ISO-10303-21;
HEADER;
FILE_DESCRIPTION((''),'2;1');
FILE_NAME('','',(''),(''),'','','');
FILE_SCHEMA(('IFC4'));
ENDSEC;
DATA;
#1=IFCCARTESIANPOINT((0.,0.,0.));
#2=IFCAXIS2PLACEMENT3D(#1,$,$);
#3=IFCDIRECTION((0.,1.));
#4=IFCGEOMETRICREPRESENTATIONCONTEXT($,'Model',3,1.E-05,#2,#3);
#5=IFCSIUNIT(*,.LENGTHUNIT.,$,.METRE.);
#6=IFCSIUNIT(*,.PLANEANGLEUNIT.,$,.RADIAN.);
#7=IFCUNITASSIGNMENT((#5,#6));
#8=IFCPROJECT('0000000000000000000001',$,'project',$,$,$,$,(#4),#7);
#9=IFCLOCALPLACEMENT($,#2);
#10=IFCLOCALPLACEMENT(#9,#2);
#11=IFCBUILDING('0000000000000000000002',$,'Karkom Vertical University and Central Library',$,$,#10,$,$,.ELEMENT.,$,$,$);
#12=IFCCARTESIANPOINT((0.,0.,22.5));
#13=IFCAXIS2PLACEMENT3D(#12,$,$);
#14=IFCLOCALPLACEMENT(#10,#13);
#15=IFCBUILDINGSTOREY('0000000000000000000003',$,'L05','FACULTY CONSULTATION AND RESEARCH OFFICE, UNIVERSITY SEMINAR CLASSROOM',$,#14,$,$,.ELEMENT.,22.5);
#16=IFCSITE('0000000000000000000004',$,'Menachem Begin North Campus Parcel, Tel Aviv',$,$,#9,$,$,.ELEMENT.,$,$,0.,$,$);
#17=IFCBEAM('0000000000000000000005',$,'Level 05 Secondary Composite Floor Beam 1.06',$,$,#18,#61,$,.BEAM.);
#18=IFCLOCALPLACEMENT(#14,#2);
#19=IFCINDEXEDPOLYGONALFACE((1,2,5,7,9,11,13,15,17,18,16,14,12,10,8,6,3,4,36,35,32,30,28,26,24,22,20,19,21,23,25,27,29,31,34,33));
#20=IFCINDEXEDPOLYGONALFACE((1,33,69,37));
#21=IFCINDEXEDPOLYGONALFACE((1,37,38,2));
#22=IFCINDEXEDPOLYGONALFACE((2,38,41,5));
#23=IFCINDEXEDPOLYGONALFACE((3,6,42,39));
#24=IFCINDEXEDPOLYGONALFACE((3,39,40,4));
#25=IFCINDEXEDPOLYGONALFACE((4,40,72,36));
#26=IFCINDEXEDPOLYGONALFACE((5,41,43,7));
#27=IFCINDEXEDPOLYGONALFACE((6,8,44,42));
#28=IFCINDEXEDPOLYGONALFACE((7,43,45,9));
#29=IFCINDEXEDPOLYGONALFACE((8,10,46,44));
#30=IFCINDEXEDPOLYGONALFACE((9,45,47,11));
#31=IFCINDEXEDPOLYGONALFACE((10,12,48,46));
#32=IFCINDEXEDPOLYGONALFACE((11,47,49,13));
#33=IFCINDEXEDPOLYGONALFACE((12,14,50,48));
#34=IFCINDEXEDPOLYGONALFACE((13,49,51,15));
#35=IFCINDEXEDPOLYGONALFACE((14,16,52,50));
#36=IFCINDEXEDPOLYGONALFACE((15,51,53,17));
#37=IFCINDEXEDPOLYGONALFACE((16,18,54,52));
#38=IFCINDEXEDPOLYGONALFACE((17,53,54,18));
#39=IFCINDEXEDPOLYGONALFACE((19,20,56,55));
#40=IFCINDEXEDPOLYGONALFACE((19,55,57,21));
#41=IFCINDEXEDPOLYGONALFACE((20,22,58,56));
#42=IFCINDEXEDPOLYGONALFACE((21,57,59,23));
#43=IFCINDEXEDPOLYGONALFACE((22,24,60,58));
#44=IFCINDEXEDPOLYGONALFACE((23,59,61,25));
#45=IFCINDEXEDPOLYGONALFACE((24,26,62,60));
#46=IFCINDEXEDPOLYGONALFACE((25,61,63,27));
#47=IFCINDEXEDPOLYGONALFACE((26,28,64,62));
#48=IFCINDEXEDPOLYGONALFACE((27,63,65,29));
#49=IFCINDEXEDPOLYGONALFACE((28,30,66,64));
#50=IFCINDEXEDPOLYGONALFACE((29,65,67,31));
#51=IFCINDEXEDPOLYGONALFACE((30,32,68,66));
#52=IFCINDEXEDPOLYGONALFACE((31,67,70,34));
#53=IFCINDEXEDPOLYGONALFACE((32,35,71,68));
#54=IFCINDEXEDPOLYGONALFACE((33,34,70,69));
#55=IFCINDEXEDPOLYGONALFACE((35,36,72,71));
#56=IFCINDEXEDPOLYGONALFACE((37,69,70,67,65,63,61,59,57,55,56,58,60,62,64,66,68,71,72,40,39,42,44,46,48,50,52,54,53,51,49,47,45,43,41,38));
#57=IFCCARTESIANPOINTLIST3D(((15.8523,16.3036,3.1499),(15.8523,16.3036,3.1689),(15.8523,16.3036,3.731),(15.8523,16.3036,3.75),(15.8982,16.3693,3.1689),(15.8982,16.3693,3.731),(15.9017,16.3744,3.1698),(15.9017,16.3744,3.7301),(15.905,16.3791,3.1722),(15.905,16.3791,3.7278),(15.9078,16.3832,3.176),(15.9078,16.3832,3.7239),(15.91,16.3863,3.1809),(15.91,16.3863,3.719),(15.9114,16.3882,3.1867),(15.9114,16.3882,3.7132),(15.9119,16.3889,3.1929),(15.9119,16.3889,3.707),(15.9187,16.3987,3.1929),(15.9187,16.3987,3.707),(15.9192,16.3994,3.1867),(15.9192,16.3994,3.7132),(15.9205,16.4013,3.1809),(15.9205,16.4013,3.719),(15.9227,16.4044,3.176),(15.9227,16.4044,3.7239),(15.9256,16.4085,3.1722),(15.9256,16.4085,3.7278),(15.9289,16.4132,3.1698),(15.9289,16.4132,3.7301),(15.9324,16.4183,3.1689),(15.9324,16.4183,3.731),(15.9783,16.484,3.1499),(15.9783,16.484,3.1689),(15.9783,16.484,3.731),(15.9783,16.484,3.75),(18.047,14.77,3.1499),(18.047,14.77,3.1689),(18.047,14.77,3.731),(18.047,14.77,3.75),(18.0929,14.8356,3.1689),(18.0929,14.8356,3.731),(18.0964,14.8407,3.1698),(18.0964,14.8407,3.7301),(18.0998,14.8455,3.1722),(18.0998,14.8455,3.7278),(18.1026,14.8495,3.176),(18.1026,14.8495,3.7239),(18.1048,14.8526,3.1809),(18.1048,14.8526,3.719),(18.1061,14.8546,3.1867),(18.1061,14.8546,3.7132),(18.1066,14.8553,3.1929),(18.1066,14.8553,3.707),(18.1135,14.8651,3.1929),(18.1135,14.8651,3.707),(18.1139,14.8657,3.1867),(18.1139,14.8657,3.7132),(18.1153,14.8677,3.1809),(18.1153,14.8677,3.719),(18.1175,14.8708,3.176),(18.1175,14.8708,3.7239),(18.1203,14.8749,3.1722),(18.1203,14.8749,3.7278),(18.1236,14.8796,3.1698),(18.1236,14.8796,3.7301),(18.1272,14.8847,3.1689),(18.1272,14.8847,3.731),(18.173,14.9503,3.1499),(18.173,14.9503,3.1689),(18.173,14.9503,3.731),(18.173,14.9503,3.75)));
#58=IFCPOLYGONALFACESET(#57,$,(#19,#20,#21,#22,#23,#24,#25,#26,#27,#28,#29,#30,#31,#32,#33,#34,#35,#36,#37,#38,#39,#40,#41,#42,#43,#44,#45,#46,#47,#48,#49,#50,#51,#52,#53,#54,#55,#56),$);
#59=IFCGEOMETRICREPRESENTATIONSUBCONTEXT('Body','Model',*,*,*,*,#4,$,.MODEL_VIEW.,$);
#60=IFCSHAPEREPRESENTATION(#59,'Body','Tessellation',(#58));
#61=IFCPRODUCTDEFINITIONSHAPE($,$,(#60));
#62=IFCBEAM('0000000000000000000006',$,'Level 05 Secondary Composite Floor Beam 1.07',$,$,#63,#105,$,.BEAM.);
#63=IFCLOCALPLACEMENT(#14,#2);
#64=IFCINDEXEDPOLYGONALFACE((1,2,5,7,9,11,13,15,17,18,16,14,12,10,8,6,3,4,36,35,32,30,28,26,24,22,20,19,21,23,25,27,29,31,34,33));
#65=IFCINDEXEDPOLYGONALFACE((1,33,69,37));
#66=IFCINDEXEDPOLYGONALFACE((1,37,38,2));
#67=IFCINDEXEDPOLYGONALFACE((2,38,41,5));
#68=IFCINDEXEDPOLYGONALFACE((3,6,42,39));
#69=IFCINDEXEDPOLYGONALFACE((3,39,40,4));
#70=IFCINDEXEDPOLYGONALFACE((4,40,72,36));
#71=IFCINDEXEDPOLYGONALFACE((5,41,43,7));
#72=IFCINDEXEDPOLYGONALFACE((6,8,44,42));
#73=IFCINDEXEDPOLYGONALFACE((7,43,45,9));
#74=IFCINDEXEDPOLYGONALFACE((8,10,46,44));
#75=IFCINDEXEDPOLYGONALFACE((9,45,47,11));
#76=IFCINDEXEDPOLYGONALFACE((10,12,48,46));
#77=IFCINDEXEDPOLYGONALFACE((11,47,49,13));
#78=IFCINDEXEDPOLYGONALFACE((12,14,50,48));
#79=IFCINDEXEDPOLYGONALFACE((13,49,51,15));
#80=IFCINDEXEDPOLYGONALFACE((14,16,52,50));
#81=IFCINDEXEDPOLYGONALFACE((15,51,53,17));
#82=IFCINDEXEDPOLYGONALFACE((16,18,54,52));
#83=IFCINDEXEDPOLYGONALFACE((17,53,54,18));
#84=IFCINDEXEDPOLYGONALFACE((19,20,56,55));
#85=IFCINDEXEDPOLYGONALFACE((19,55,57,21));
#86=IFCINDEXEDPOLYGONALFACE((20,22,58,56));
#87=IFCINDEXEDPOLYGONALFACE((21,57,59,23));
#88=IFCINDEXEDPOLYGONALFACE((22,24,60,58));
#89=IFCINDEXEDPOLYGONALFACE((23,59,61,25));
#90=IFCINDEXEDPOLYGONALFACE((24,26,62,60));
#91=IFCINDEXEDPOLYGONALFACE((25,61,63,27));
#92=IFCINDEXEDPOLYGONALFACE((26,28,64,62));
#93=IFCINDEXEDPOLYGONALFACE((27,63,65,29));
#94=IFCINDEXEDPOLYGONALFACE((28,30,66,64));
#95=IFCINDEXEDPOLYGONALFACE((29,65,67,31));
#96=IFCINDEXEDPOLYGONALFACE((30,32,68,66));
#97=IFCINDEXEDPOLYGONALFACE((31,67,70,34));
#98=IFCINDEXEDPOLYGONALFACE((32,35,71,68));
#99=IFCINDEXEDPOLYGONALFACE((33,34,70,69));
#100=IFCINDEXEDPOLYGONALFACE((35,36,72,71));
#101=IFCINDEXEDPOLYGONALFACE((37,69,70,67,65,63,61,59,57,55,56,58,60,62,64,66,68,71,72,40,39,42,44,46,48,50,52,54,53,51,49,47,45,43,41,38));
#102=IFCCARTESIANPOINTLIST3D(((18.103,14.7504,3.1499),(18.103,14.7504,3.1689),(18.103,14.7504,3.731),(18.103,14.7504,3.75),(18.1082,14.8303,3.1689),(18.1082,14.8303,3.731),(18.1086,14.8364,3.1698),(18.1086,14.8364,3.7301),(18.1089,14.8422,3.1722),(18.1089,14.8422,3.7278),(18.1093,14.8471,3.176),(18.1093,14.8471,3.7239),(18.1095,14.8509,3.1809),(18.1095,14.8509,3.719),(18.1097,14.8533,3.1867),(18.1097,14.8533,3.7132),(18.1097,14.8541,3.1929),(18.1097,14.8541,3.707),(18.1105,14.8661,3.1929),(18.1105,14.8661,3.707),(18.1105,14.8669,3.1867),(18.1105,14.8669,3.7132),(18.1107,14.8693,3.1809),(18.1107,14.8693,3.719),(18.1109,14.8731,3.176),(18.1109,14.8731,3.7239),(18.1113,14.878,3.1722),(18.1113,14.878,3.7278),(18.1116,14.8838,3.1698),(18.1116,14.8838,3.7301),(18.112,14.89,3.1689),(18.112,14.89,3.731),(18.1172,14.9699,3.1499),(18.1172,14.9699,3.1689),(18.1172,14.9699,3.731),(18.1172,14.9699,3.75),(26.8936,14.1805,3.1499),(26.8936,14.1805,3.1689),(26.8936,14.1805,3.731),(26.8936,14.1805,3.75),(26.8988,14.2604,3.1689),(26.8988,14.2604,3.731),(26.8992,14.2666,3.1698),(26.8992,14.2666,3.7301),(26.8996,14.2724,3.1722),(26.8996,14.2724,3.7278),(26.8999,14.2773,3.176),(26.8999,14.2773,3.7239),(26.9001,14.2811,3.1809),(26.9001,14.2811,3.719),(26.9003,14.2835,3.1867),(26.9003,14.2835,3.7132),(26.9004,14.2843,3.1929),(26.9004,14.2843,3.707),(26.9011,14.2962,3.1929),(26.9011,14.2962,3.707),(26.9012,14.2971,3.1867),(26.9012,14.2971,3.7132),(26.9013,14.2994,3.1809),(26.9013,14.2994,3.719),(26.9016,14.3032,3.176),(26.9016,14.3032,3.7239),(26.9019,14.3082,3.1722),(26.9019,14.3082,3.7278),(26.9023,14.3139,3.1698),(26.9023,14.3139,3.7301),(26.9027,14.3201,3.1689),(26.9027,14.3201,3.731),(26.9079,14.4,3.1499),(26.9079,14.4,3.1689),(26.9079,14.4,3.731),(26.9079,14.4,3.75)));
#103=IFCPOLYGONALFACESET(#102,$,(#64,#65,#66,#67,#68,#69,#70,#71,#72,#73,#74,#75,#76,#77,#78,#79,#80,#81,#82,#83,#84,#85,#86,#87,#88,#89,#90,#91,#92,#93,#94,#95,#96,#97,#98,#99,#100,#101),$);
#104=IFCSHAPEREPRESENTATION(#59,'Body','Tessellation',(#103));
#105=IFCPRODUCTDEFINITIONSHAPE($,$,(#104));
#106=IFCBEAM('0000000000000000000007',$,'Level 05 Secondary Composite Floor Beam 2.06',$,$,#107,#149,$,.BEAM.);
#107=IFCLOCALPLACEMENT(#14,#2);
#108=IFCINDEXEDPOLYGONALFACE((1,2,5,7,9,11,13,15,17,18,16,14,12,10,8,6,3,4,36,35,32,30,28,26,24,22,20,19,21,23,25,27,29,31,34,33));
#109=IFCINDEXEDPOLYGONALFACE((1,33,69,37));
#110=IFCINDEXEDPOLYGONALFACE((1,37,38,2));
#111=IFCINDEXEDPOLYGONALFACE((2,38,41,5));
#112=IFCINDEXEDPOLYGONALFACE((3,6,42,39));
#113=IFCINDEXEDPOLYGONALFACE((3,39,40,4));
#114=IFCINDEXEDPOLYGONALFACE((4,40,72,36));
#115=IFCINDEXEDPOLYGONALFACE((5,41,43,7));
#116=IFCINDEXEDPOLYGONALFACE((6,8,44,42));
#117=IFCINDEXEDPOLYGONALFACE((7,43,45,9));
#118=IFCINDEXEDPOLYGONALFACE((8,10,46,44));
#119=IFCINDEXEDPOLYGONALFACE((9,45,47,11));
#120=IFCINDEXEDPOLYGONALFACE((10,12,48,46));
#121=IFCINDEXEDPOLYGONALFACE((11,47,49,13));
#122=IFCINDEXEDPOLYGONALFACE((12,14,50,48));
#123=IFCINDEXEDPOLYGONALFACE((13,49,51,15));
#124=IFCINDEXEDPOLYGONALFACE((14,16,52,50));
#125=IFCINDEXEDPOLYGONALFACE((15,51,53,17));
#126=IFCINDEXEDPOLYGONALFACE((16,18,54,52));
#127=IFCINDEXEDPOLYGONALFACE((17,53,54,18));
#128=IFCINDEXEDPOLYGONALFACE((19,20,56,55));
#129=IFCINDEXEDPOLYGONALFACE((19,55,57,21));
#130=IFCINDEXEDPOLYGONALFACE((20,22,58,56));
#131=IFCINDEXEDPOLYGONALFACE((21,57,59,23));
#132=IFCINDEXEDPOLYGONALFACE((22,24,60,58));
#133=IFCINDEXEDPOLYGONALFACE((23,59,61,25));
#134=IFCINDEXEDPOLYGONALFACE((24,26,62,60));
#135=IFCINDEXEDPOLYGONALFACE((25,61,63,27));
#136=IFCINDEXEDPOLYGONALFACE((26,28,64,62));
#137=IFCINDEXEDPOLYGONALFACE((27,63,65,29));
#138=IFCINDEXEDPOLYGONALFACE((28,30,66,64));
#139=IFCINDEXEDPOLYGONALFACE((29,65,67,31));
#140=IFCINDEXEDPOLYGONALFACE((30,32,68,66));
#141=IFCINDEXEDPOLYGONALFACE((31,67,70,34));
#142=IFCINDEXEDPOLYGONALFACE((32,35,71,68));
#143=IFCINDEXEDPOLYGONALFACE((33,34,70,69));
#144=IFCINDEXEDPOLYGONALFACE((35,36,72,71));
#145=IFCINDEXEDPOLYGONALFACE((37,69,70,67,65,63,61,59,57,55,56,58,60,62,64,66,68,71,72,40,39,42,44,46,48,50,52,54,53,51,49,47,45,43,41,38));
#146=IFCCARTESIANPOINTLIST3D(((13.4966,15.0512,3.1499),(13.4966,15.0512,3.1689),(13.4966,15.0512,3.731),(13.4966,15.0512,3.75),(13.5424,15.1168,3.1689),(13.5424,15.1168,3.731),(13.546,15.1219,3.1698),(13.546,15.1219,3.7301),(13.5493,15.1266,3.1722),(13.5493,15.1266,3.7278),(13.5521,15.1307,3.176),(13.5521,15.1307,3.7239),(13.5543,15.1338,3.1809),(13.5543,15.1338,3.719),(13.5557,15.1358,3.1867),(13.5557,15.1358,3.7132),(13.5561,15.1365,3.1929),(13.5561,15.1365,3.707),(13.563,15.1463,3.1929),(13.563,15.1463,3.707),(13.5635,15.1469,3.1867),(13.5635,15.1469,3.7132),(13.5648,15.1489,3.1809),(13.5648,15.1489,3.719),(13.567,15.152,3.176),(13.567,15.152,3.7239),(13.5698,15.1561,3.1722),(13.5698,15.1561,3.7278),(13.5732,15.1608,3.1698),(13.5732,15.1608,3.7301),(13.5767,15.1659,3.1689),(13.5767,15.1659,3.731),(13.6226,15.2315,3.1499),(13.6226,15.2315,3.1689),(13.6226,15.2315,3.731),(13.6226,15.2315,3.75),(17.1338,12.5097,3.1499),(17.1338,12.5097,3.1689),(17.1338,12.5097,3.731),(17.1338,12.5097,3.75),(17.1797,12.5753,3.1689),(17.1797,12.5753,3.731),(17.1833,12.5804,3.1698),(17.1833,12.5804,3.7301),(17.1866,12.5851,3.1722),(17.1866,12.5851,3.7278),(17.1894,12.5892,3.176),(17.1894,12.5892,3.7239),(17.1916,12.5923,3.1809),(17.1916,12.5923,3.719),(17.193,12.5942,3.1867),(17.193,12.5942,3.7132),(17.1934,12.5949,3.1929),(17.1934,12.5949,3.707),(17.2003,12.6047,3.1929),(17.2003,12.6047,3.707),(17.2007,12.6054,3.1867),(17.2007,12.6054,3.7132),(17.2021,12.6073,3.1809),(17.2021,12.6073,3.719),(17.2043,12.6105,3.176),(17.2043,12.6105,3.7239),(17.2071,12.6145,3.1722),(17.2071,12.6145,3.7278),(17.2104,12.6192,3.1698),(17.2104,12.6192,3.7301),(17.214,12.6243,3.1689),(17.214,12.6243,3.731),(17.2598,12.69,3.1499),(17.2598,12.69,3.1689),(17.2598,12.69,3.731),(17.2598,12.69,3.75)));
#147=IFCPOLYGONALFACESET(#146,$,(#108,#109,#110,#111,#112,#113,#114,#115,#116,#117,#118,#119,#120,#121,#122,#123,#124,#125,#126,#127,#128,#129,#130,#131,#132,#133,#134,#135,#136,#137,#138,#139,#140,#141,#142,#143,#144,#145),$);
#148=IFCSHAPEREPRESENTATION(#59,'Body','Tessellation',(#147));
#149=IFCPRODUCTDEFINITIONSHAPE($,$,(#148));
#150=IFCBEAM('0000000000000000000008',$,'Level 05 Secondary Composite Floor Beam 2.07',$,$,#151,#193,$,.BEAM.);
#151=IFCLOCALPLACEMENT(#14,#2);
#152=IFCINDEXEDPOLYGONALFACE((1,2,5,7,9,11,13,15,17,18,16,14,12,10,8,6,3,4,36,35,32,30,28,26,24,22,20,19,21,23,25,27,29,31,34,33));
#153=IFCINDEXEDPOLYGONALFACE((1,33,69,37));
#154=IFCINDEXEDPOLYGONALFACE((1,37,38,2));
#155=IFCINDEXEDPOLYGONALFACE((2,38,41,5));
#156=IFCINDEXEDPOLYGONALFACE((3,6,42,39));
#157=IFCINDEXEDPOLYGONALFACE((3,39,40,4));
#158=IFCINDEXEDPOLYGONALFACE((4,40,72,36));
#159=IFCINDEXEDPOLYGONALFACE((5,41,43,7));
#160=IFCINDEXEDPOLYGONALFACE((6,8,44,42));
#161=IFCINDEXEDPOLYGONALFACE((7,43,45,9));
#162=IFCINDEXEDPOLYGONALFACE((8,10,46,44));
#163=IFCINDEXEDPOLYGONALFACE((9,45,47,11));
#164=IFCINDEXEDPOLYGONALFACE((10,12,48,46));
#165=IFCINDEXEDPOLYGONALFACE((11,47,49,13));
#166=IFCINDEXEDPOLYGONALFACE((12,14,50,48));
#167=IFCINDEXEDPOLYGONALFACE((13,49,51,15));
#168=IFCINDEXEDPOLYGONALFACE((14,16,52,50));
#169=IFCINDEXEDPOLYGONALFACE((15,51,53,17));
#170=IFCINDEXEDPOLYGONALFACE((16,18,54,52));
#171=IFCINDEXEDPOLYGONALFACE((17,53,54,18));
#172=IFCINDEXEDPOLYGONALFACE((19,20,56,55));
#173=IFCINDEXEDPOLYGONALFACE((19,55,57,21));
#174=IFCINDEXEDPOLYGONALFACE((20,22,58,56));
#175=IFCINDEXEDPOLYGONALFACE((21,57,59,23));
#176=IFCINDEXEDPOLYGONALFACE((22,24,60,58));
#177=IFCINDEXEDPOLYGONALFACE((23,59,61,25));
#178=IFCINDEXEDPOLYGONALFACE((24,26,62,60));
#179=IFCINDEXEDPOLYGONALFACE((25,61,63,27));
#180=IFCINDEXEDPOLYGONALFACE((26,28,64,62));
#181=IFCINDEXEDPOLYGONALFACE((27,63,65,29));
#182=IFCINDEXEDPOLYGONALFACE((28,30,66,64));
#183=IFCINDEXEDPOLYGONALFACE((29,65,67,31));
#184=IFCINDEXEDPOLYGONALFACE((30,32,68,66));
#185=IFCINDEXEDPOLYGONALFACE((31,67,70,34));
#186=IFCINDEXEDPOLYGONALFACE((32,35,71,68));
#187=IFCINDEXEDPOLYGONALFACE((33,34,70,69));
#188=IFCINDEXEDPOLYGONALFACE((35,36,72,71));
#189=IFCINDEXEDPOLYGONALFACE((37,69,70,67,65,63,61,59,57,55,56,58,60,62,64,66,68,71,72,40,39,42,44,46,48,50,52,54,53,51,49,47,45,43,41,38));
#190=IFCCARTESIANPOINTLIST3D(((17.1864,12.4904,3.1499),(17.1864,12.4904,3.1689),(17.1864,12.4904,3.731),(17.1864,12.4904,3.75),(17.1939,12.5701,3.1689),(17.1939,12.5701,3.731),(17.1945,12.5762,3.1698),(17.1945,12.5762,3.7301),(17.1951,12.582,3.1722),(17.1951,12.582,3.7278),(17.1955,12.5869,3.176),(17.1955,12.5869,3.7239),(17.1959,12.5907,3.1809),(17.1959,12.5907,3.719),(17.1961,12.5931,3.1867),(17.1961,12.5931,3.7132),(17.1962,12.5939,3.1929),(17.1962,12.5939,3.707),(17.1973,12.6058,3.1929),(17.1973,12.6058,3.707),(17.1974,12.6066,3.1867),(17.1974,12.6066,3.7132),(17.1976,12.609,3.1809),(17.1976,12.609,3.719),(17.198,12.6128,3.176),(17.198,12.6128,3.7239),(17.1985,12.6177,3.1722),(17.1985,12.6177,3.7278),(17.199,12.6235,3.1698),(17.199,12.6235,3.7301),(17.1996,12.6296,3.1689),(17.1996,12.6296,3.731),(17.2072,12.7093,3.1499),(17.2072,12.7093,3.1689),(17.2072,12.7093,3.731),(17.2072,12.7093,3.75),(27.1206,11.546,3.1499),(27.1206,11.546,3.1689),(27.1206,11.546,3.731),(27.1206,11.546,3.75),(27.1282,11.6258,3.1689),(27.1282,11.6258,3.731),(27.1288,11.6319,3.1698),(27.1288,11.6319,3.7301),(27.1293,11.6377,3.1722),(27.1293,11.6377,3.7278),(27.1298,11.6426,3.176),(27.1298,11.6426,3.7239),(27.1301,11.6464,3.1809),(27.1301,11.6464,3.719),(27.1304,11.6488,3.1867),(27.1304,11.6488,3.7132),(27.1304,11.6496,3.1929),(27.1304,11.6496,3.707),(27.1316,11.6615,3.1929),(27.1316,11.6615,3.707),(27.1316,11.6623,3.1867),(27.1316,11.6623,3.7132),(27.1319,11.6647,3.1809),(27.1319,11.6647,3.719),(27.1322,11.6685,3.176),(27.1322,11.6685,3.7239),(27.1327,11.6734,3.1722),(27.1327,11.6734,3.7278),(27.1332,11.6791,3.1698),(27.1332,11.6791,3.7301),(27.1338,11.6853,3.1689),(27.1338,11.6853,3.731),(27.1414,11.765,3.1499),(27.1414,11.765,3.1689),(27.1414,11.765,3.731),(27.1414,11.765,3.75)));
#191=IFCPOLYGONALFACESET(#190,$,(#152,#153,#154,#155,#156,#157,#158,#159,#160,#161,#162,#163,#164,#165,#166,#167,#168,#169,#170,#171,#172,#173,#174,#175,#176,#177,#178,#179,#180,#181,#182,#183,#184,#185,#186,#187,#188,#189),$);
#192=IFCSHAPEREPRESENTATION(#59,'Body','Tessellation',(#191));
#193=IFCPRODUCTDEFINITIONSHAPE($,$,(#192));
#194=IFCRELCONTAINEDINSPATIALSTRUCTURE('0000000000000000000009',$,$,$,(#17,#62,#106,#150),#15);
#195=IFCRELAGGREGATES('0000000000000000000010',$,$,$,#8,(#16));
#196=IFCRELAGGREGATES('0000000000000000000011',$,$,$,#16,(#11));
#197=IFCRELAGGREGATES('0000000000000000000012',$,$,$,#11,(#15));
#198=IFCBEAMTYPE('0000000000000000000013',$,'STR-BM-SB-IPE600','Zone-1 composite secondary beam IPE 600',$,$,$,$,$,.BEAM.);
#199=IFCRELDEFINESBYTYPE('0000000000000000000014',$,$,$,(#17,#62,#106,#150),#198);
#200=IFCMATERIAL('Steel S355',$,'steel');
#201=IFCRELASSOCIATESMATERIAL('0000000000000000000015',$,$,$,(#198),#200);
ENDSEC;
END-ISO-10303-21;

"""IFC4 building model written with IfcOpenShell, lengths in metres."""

from ifc_helpers import new_model, si_unit, direction, frame, origin, origin_with_axes, origin_2d, place, context, subcontext, project, spatial, i_section, extrude, source, transform, mapped, material, material_profile, profile_set, type_object, element, save


model = new_model("IFC4")

# Units and contexts
model_context = context("Model", 3, precision=1e-05, world=origin(), true_north=direction((0.0, 1.0)))
body_context = subcontext(model_context, "Body", "Model", "MODEL_VIEW")
ifc_project = project(units=[si_unit("LENGTHUNIT", "METRE"), si_unit("PLANEANGLEUNIT", "RADIAN")], contexts=[model_context])

# Site, building, storey
site_placement = place(None, origin())
site = spatial("IfcSite", under=ifc_project, at=site_placement, Name="Menachem Begin North Campus Parcel, Tel Aviv", CompositionType="ELEMENT", RefElevation=0.0)
building_placement = place(site_placement, origin())
building = spatial("IfcBuilding", under=site, at=building_placement, Name="Karkom Vertical University and Central Library", CompositionType="ELEMENT")
storey_placement = place(building_placement, frame((0.0, 0.0, 22.5)))
storey = spatial("IfcBuildingStorey", under=building, at=storey_placement, Name="L05", Description="FACULTY CONSULTATION AND RESEARCH OFFICE, UNIVERSITY SEMINAR CLASSROOM", CompositionType="ELEMENT", Elevation=22.5)

# Beams
ifc_material_1 = material(Name="Steel S355", Category="steel")
ifc_material_profile_1 = material_profile(ifc_material_1, i_section(OverallWidth=0.22, OverallDepth=0.6001, WebThickness=0.012, FlangeThickness=0.019, FilletRadius=0.0239, at=origin_2d()), Name="IPE 600")
ifc_profile_set_1 = profile_set([ifc_material_profile_1], Name="Steel S355")
beam_type_1 = type_object("IfcBeamType", Name="STR-BM-SB-IPE600", Description="Zone-1 composite secondary beam IPE 600", PredefinedType="BEAM", material=ifc_profile_set_1)
shared_shape_1 = source(origin_with_axes(), body_context, "Body", "SweptSolid", [
    extrude(i_section(OverallWidth=0.22, OverallDepth=0.6001, WebThickness=0.012, FlangeThickness=0.019, FilletRadius=0.0239, at=origin_2d()), origin(), (0.0, 0.0, 1.0), 2.6775),
])
beam_1_placement = place(storey_placement, frame((15.9153, 16.3938, 3.45), z_axis=(0.819703, -0.572789, 0.0), x_axis=(0.572789, 0.819703, 0.0)))
element("IfcBeam", 1, at=beam_1_placement, inside=storey, type_object=beam_type_1, Name="Level 05 Secondary Composite Floor Beam 1.06", PredefinedType="BEAM", context=body_context, shape_type="MappedRepresentation", body=[
    mapped(shared_shape_1, transform((0.0, 0.0, 0.0), scale=1.0)),
])
shared_shape_2 = source(origin_with_axes(), body_context, "Body", "SweptSolid", [
    extrude(i_section(OverallWidth=0.22, OverallDepth=0.6001, WebThickness=0.012, FlangeThickness=0.019, FilletRadius=0.0239, at=origin_2d()), origin(), (0.0, 0.0, 1.0), 8.8091),
])
beam_2_placement = place(storey_placement, frame((18.1101, 14.8601, 3.45), z_axis=(0.997906, -0.064687, 0.0), x_axis=(0.064687, 0.997906, 0.0)))
element("IfcBeam", 2, at=beam_2_placement, inside=storey, type_object=beam_type_1, Name="Level 05 Secondary Composite Floor Beam 1.07", PredefinedType="BEAM", context=body_context, shape_type="MappedRepresentation", body=[
    mapped(shared_shape_2, transform((0.0, 0.0, 0.0), scale=1.0)),
])
shared_shape_3 = source(origin_with_axes(), body_context, "Body", "SweptSolid", [
    extrude(i_section(OverallWidth=0.22, OverallDepth=0.6001, WebThickness=0.012, FlangeThickness=0.019, FilletRadius=0.0239, at=origin_2d()), origin(), (0.0, 0.0, 1.0), 4.4373),
])
beam_3_placement = place(storey_placement, frame((13.5596, 15.1414, 3.45), z_axis=(0.819712, -0.572775, 0.0), x_axis=(0.572775, 0.819712, 0.0)))
element("IfcBeam", 3, at=beam_3_placement, inside=storey, type_object=beam_type_1, Name="Level 05 Secondary Composite Floor Beam 2.06", PredefinedType="BEAM", context=body_context, shape_type="MappedRepresentation", body=[
    mapped(shared_shape_3, transform((0.0, 0.0, 0.0), scale=1.0)),
])
shared_shape_4 = source(origin_with_axes(), body_context, "Body", "SweptSolid", [
    extrude(i_section(OverallWidth=0.22, OverallDepth=0.6001, WebThickness=0.012, FlangeThickness=0.019, FilletRadius=0.0239, at=origin_2d()), origin(), (0.0, 0.0, 1.0), 9.979),
])
beam_4_placement = place(storey_placement, frame((17.1968, 12.5999, 3.45), z_axis=(0.995512, -0.094631, 0.0), x_axis=(0.094631, 0.995512, 0.0)))
element("IfcBeam", 4, at=beam_4_placement, inside=storey, type_object=beam_type_1, Name="Level 05 Secondary Composite Floor Beam 2.07", PredefinedType="BEAM", context=body_context, shape_type="MappedRepresentation", body=[
    mapped(shared_shape_4, transform((0.0, 0.0, 0.0), scale=1.0)),
])

save(model, "model.ifc")
